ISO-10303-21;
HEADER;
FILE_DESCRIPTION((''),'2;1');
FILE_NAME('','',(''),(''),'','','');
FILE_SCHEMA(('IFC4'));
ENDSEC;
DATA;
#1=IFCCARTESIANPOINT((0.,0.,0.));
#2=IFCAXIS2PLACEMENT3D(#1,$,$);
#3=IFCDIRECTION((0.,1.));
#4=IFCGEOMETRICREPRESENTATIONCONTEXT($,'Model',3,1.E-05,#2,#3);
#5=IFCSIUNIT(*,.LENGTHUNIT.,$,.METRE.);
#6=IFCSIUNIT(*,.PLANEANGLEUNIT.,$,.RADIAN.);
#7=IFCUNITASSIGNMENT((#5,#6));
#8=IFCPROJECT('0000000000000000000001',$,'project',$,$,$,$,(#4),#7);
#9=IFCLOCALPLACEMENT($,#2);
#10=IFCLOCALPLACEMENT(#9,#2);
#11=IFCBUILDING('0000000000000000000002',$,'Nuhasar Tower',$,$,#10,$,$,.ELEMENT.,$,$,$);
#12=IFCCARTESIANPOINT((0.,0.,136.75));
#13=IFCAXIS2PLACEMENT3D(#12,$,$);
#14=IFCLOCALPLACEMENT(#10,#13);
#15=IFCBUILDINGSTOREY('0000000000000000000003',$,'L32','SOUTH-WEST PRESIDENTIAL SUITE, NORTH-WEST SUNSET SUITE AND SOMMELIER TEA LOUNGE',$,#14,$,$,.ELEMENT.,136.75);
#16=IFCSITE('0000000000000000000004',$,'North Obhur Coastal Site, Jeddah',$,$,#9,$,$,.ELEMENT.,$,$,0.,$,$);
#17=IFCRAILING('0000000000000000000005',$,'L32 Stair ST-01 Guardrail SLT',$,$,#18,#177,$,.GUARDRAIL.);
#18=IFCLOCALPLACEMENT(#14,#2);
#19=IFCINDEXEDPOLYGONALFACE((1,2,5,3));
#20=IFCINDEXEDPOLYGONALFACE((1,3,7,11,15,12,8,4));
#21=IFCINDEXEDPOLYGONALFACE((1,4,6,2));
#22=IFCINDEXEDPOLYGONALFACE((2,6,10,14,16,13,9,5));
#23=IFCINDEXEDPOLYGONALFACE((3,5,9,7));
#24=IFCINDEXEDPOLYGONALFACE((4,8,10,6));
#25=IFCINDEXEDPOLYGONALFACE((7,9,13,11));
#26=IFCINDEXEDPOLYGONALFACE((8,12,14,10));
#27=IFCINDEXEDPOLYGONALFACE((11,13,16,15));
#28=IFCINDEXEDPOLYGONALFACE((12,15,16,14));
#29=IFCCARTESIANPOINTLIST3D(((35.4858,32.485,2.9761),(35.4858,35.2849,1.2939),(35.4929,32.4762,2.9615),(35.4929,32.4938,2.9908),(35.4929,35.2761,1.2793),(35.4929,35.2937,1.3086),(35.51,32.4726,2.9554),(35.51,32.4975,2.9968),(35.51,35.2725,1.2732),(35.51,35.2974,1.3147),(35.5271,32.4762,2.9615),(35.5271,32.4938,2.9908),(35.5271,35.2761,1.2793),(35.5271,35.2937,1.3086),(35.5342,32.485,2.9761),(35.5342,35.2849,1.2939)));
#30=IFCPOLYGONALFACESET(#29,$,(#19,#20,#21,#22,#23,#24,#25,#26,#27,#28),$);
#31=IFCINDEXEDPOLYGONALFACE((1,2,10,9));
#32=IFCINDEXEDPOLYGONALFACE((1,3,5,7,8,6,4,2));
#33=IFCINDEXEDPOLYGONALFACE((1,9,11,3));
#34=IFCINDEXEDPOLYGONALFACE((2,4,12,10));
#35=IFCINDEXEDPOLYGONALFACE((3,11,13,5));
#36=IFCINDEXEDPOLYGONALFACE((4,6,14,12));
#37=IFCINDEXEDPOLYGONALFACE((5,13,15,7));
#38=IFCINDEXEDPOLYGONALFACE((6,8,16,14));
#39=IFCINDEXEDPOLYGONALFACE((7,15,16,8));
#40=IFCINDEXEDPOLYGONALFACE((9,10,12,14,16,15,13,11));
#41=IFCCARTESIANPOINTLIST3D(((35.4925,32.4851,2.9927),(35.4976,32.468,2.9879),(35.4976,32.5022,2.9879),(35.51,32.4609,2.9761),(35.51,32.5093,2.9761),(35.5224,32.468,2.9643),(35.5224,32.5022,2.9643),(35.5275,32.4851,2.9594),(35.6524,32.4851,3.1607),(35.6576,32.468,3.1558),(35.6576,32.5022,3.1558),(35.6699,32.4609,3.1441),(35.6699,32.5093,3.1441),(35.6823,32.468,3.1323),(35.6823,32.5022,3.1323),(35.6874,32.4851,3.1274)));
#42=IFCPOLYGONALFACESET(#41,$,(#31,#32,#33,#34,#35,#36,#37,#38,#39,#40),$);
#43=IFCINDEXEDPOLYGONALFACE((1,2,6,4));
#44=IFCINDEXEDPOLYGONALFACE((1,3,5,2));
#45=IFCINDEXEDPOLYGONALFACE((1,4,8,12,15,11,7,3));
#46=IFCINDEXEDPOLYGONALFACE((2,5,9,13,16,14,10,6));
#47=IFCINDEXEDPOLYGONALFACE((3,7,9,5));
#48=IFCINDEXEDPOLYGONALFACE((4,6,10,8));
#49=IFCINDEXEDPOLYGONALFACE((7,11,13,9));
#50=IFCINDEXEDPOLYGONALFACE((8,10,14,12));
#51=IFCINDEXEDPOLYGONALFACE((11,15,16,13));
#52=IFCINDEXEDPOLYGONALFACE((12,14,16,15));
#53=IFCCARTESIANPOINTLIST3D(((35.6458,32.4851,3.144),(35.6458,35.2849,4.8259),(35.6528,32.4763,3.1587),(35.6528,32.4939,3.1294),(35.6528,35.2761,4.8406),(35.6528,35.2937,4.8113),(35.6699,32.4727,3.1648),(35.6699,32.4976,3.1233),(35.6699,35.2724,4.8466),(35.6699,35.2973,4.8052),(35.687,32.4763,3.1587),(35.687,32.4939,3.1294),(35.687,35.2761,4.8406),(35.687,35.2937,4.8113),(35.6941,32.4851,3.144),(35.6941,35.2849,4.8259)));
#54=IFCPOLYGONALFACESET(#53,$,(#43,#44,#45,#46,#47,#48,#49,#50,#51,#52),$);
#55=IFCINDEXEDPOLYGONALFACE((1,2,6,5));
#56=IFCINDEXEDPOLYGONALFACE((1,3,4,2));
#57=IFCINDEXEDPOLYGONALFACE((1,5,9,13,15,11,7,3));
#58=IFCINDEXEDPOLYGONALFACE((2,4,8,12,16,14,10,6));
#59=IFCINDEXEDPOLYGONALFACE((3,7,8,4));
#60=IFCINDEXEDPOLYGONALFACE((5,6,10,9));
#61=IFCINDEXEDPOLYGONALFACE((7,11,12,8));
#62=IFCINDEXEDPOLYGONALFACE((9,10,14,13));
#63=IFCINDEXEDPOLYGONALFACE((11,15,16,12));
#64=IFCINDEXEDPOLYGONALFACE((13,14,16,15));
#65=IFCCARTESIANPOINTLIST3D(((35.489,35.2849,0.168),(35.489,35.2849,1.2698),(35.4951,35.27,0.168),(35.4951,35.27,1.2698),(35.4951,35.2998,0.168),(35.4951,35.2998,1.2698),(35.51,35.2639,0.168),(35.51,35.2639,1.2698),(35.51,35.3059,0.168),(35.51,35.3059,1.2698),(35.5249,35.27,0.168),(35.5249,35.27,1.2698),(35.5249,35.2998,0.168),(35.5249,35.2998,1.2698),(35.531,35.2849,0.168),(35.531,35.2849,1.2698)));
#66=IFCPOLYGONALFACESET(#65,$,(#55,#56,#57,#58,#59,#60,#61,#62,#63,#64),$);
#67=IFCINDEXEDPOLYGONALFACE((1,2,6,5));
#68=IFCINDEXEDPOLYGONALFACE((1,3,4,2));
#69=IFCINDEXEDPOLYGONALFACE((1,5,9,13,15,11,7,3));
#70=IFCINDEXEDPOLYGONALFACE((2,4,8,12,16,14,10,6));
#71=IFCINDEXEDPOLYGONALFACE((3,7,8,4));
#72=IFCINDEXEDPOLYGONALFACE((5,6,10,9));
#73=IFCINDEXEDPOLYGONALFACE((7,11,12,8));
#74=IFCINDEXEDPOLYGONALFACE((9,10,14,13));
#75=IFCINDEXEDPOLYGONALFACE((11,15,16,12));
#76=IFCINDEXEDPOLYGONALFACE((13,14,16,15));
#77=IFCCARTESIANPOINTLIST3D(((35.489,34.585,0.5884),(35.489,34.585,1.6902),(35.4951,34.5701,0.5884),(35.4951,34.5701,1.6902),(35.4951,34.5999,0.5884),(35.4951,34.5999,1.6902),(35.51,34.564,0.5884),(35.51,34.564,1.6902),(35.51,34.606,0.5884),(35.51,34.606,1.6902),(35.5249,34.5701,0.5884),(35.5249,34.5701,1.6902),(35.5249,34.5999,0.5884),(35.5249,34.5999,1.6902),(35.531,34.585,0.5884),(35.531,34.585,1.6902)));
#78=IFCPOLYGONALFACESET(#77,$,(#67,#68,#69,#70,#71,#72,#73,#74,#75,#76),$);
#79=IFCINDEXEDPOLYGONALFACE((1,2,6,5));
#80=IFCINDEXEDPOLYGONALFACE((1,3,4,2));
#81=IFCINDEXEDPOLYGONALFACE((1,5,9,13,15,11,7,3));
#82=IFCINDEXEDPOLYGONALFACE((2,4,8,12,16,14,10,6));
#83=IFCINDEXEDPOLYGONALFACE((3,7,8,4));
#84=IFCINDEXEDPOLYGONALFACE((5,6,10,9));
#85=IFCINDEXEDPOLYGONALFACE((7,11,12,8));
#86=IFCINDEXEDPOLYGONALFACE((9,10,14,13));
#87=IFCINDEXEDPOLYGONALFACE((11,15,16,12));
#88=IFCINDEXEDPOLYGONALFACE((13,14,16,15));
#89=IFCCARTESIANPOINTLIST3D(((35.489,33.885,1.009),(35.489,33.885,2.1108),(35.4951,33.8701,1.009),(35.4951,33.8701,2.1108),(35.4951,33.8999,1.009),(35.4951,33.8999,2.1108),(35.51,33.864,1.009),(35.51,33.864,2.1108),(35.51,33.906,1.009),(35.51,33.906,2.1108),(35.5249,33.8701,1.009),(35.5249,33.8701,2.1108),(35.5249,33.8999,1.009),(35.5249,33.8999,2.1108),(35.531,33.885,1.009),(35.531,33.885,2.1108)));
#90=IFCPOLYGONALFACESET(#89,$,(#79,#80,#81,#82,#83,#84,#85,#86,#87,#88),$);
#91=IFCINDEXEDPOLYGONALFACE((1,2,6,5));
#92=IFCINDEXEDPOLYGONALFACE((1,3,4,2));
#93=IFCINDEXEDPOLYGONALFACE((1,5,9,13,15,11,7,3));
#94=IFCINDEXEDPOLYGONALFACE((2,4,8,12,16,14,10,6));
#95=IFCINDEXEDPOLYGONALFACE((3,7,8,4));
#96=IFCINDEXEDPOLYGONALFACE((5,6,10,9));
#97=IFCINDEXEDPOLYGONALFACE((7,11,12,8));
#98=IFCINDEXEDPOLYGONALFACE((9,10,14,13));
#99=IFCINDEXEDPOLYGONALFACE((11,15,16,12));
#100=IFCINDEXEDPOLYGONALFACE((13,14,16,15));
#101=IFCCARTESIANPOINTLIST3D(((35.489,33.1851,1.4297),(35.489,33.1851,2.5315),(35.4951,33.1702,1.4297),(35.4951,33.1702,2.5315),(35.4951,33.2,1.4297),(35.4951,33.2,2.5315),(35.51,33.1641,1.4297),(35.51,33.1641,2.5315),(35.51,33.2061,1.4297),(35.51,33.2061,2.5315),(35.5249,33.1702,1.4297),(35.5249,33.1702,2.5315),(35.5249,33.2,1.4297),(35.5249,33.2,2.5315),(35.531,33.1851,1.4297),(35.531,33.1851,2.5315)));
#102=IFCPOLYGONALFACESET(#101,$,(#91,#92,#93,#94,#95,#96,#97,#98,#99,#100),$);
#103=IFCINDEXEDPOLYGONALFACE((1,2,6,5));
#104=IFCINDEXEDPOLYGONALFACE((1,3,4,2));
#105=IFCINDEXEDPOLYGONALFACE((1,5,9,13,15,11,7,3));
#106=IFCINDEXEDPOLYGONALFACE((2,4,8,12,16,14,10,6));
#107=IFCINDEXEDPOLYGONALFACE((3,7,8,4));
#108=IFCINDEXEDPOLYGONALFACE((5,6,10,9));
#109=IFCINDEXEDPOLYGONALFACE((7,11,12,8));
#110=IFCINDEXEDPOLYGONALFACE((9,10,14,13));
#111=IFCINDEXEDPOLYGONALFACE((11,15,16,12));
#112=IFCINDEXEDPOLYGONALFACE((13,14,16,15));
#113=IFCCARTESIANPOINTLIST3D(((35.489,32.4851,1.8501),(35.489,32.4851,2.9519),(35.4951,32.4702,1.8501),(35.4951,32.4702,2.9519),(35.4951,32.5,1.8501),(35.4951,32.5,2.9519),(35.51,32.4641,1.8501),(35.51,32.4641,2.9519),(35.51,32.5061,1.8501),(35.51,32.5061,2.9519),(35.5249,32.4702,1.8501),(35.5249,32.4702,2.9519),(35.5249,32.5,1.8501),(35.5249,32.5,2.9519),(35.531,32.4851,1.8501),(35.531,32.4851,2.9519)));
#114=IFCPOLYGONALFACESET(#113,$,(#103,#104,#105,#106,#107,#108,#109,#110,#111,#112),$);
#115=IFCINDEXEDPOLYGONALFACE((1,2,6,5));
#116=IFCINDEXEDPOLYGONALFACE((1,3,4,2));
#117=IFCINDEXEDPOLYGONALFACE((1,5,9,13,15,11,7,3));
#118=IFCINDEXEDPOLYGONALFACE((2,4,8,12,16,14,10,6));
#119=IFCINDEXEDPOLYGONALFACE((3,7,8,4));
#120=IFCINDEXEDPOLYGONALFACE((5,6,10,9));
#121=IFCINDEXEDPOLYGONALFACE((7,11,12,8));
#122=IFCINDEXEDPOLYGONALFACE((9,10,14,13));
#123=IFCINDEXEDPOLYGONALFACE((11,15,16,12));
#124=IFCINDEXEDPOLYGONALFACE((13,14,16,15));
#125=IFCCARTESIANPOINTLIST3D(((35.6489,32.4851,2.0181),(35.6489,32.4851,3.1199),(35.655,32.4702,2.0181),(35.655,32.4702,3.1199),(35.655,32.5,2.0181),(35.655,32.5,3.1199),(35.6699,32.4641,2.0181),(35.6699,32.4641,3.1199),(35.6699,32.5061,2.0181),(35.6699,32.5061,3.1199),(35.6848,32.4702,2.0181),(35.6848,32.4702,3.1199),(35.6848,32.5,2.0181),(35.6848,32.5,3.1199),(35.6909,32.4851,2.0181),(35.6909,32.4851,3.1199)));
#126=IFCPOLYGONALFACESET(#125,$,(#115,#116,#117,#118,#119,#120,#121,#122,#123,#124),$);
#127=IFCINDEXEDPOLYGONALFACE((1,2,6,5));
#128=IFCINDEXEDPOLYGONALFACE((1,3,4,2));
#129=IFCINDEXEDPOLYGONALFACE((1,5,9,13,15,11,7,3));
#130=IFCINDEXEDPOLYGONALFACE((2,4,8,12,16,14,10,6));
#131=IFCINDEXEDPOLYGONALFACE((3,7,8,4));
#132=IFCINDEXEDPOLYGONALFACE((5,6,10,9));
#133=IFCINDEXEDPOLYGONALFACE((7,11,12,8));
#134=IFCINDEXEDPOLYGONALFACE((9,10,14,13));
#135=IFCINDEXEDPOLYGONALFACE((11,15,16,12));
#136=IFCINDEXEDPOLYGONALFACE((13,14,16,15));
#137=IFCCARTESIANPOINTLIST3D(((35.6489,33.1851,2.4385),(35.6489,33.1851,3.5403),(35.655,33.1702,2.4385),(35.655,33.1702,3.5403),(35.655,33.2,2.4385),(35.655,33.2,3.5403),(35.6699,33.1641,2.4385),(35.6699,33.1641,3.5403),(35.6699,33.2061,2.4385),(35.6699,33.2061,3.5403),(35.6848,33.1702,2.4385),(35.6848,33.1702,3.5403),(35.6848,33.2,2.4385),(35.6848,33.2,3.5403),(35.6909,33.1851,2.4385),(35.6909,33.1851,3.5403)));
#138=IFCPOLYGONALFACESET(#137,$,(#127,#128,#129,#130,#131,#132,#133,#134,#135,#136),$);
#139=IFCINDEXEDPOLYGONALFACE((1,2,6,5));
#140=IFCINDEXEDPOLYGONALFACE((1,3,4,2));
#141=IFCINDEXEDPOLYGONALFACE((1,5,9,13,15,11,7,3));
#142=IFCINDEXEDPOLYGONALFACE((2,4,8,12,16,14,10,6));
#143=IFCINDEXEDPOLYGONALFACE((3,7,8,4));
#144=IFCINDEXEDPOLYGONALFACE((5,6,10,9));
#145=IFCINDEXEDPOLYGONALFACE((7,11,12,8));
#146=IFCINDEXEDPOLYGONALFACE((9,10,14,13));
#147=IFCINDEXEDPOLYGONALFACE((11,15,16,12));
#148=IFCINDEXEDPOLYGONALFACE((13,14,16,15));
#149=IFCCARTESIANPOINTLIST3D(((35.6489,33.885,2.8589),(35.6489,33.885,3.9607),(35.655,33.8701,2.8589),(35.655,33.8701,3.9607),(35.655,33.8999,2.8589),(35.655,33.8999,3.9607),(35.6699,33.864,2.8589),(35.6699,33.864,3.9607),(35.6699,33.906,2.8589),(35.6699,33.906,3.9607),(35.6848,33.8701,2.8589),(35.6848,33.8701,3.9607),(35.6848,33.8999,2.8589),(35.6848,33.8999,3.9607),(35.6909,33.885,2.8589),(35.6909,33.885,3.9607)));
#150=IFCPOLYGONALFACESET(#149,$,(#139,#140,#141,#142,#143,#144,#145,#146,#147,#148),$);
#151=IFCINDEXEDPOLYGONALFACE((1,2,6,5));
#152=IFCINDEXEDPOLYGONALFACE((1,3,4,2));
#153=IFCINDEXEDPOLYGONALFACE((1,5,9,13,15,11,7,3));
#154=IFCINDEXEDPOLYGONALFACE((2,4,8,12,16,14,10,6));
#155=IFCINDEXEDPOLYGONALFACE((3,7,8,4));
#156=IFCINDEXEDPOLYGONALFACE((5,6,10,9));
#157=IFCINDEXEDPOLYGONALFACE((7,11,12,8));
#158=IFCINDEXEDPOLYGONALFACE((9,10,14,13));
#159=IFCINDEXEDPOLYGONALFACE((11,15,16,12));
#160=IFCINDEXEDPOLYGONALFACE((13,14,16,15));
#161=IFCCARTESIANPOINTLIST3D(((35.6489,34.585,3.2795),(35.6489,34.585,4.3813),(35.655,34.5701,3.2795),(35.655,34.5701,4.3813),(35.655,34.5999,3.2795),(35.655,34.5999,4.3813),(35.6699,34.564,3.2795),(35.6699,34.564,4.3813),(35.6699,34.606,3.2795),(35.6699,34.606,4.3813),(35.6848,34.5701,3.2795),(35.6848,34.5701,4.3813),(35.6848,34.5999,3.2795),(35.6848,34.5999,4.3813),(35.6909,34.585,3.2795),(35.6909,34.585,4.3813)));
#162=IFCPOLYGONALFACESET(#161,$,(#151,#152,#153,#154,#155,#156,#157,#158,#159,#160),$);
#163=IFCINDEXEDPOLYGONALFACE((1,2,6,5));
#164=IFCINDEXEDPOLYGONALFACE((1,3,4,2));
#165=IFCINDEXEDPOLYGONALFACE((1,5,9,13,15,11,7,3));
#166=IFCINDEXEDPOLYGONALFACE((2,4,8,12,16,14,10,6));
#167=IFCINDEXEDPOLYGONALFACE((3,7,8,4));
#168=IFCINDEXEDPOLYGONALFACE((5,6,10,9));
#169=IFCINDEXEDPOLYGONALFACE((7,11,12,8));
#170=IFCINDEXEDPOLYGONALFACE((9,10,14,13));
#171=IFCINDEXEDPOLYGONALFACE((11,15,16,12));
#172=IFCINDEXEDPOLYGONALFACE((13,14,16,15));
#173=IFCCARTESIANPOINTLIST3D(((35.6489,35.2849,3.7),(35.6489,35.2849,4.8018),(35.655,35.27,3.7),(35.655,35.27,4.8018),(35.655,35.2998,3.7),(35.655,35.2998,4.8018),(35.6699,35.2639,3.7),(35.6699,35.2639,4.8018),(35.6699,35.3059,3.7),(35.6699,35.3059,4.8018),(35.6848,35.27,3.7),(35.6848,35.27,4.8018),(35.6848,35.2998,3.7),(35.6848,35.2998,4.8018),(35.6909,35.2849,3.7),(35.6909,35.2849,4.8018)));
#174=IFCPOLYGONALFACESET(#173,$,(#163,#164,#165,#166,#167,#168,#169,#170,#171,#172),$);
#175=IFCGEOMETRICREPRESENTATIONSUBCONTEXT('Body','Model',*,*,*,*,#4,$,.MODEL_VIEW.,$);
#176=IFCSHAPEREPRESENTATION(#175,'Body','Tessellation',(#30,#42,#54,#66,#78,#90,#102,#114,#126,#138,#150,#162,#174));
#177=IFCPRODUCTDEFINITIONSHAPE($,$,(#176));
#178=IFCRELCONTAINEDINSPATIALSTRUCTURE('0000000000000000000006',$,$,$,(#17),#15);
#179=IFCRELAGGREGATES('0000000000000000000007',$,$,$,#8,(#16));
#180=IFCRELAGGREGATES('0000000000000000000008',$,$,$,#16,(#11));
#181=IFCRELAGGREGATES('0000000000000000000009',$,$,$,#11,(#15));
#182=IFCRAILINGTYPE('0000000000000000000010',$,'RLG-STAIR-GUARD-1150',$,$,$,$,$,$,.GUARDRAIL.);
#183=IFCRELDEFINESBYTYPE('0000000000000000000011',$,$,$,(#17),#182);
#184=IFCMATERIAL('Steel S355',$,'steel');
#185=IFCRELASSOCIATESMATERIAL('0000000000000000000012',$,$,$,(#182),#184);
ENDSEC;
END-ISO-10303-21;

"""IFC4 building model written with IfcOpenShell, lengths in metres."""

from ifc_helpers import new_model, si_unit, direction, frame, origin, place, context, subcontext, project, spatial, polyline, outline, extrude, material, type_object, element, save


model = new_model("IFC4")

# Units and contexts
model_context = context("Model", 3, precision=1e-05, world=origin(), true_north=direction((0.0, 1.0)))
body_context = subcontext(model_context, "Body", "Model", "MODEL_VIEW")
ifc_project = project(units=[si_unit("LENGTHUNIT", "METRE"), si_unit("PLANEANGLEUNIT", "RADIAN")], contexts=[model_context])

# Site, building, storey
site_placement = place(None, origin())
site = spatial("IfcSite", under=ifc_project, at=site_placement, Name="North Obhur Coastal Site, Jeddah", CompositionType="ELEMENT", RefElevation=0.0)
building_placement = place(site_placement, origin())
building = spatial("IfcBuilding", under=site, at=building_placement, Name="Nuhasar Tower", CompositionType="ELEMENT")
storey_placement = place(building_placement, frame((0.0, 0.0, 136.75)))
storey = spatial("IfcBuildingStorey", under=building, at=storey_placement, Name="L32", Description="SOUTH-WEST PRESIDENTIAL SUITE, NORTH-WEST SUNSET SUITE AND SOMMELIER TEA LOUNGE", CompositionType="ELEMENT", Elevation=136.75)

# Shared definitions
ifc_material_1 = material(Name="Steel S355", Category="steel")

# Railing
railing_type_1 = type_object("IfcRailingType", Name="RLG-STAIR-GUARD-1150", PredefinedType="GUARDRAIL", material=ifc_material_1)
railing_1_placement = place(storey_placement, frame((35.51, 35.2849, 0.168)))
element("IfcRailing", 1, at=railing_1_placement, inside=storey, type_object=railing_type_1, Name="L32 Stair ST-01 Guardrail SLT", PredefinedType="GUARDRAIL", context=body_context, shape_type="SweptSolid", body=[
    extrude(outline(polyline([(0.0242, 0.0), (0.0171, 0.0171), (0.0, 0.0242), (-0.0171, 0.0171), (-0.0242, 0.0), (-0.0171, -0.0171), (0.0, -0.0242), (0.0171, -0.0171), (0.0242, 0.0)])), frame((0.0, 0.0, 1.126), z_axis=(0.0, -0.857189, 0.515001), x_axis=(1.0, 0.0, 0.0)), (0.0, 0.0, 1.0), 3.2664),
    extrude(outline(polyline([(0.0242, 0.0), (0.0171, 0.0171), (0.0, 0.0242), (-0.0171, 0.0171), (-0.0242, 0.0), (-0.0171, -0.0171), (0.0, -0.0242), (0.0171, -0.0171), (0.0242, 0.0)])), frame((0.0, -2.7998, 2.8081), z_axis=(0.689524, 0.0, 0.724263), x_axis=(0.0, 1.0, 0.0)), (0.0, 0.0, 1.0), 0.2319),
    extrude(outline(polyline([(0.0242, 0.0), (0.0171, 0.0171), (0.0, 0.0242), (-0.0171, 0.0171), (-0.0242, 0.0), (-0.0171, -0.0171), (0.0, -0.0242), (0.0171, -0.0171), (0.0242, 0.0)])), frame((0.1599, -2.7998, 2.9761), z_axis=(0.0, 0.857222, 0.514946), x_axis=(-1.0, 0.0, 0.0)), (0.0, 0.0, 1.0), 3.2661),
    extrude(outline(polyline([(0.021, 0.0), (0.0149, 0.0149), (0.0, 0.021), (-0.0149, 0.0149), (-0.021, 0.0), (-0.0149, -0.0149), (0.0, -0.021), (0.0149, -0.0149), (0.021, 0.0)])), origin(), (0.0, 0.0, 1.0), 1.1018),
    extrude(outline(polyline([(0.021, 0.0), (0.0149, 0.0149), (0.0, 0.021), (-0.0149, 0.0149), (-0.021, 0.0), (-0.0149, -0.0149), (0.0, -0.021), (0.0149, -0.0149), (0.021, 0.0)])), frame((0.0, -0.7, 0.4204)), (0.0, 0.0, 1.0), 1.1018),
    extrude(outline(polyline([(0.021, 0.0), (0.0149, 0.0149), (0.0, 0.021), (-0.0149, 0.0149), (-0.021, 0.0), (-0.0149, -0.0149), (0.0, -0.021), (0.0149, -0.0149), (0.021, 0.0)])), frame((0.0, -1.3999, 0.8411)), (0.0, 0.0, 1.0), 1.1018),
    extrude(outline(polyline([(0.021, 0.0), (0.0149, 0.0149), (0.0, 0.021), (-0.0149, 0.0149), (-0.021, 0.0), (-0.0149, -0.0149), (0.0, -0.021), (0.0149, -0.0149), (0.021, 0.0)])), frame((0.0, -2.0999, 1.2617)), (0.0, 0.0, 1.0), 1.1018),
    extrude(outline(polyline([(0.021, 0.0), (0.0149, 0.0149), (0.0, 0.021), (-0.0149, 0.0149), (-0.021, 0.0), (-0.0149, -0.0149), (0.0, -0.021), (0.0149, -0.0149), (0.021, 0.0)])), frame((0.0, -2.7998, 1.6821)), (0.0, 0.0, 1.0), 1.1018),
    extrude(outline(polyline([(0.021, 0.0), (0.0149, 0.0149), (0.0, 0.021), (-0.0149, 0.0149), (-0.021, 0.0), (-0.0149, -0.0149), (0.0, -0.021), (0.0149, -0.0149), (0.021, 0.0)])), frame((0.1599, -2.7998, 1.8501)), (0.0, 0.0, 1.0), 1.1018),
    extrude(outline(polyline([(0.021, 0.0), (0.0149, 0.0149), (0.0, 0.021), (-0.0149, 0.0149), (-0.021, 0.0), (-0.0149, -0.0149), (0.0, -0.021), (0.0149, -0.0149), (0.021, 0.0)])), frame((0.1599, -2.0999, 2.2705)), (0.0, 0.0, 1.0), 1.1018),
    extrude(outline(polyline([(0.021, 0.0), (0.0149, 0.0149), (0.0, 0.021), (-0.0149, 0.0149), (-0.021, 0.0), (-0.0149, -0.0149), (0.0, -0.021), (0.0149, -0.0149), (0.021, 0.0)])), frame((0.1599, -1.3999, 2.6909)), (0.0, 0.0, 1.0), 1.1018),
    extrude(outline(polyline([(0.021, 0.0), (0.0149, 0.0149), (0.0, 0.021), (-0.0149, 0.0149), (-0.021, 0.0), (-0.0149, -0.0149), (0.0, -0.021), (0.0149, -0.0149), (0.021, 0.0)])), frame((0.1599, -0.7, 3.1116)), (0.0, 0.0, 1.0), 1.1018),
    extrude(outline(polyline([(0.021, 0.0), (0.0149, 0.0149), (0.0, 0.021), (-0.0149, 0.0149), (-0.021, 0.0), (-0.0149, -0.0149), (0.0, -0.021), (0.0149, -0.0149), (0.021, 0.0)])), frame((0.1599, 0.0, 3.532)), (0.0, 0.0, 1.0), 1.1018),
])

save(model, "model.ifc")
